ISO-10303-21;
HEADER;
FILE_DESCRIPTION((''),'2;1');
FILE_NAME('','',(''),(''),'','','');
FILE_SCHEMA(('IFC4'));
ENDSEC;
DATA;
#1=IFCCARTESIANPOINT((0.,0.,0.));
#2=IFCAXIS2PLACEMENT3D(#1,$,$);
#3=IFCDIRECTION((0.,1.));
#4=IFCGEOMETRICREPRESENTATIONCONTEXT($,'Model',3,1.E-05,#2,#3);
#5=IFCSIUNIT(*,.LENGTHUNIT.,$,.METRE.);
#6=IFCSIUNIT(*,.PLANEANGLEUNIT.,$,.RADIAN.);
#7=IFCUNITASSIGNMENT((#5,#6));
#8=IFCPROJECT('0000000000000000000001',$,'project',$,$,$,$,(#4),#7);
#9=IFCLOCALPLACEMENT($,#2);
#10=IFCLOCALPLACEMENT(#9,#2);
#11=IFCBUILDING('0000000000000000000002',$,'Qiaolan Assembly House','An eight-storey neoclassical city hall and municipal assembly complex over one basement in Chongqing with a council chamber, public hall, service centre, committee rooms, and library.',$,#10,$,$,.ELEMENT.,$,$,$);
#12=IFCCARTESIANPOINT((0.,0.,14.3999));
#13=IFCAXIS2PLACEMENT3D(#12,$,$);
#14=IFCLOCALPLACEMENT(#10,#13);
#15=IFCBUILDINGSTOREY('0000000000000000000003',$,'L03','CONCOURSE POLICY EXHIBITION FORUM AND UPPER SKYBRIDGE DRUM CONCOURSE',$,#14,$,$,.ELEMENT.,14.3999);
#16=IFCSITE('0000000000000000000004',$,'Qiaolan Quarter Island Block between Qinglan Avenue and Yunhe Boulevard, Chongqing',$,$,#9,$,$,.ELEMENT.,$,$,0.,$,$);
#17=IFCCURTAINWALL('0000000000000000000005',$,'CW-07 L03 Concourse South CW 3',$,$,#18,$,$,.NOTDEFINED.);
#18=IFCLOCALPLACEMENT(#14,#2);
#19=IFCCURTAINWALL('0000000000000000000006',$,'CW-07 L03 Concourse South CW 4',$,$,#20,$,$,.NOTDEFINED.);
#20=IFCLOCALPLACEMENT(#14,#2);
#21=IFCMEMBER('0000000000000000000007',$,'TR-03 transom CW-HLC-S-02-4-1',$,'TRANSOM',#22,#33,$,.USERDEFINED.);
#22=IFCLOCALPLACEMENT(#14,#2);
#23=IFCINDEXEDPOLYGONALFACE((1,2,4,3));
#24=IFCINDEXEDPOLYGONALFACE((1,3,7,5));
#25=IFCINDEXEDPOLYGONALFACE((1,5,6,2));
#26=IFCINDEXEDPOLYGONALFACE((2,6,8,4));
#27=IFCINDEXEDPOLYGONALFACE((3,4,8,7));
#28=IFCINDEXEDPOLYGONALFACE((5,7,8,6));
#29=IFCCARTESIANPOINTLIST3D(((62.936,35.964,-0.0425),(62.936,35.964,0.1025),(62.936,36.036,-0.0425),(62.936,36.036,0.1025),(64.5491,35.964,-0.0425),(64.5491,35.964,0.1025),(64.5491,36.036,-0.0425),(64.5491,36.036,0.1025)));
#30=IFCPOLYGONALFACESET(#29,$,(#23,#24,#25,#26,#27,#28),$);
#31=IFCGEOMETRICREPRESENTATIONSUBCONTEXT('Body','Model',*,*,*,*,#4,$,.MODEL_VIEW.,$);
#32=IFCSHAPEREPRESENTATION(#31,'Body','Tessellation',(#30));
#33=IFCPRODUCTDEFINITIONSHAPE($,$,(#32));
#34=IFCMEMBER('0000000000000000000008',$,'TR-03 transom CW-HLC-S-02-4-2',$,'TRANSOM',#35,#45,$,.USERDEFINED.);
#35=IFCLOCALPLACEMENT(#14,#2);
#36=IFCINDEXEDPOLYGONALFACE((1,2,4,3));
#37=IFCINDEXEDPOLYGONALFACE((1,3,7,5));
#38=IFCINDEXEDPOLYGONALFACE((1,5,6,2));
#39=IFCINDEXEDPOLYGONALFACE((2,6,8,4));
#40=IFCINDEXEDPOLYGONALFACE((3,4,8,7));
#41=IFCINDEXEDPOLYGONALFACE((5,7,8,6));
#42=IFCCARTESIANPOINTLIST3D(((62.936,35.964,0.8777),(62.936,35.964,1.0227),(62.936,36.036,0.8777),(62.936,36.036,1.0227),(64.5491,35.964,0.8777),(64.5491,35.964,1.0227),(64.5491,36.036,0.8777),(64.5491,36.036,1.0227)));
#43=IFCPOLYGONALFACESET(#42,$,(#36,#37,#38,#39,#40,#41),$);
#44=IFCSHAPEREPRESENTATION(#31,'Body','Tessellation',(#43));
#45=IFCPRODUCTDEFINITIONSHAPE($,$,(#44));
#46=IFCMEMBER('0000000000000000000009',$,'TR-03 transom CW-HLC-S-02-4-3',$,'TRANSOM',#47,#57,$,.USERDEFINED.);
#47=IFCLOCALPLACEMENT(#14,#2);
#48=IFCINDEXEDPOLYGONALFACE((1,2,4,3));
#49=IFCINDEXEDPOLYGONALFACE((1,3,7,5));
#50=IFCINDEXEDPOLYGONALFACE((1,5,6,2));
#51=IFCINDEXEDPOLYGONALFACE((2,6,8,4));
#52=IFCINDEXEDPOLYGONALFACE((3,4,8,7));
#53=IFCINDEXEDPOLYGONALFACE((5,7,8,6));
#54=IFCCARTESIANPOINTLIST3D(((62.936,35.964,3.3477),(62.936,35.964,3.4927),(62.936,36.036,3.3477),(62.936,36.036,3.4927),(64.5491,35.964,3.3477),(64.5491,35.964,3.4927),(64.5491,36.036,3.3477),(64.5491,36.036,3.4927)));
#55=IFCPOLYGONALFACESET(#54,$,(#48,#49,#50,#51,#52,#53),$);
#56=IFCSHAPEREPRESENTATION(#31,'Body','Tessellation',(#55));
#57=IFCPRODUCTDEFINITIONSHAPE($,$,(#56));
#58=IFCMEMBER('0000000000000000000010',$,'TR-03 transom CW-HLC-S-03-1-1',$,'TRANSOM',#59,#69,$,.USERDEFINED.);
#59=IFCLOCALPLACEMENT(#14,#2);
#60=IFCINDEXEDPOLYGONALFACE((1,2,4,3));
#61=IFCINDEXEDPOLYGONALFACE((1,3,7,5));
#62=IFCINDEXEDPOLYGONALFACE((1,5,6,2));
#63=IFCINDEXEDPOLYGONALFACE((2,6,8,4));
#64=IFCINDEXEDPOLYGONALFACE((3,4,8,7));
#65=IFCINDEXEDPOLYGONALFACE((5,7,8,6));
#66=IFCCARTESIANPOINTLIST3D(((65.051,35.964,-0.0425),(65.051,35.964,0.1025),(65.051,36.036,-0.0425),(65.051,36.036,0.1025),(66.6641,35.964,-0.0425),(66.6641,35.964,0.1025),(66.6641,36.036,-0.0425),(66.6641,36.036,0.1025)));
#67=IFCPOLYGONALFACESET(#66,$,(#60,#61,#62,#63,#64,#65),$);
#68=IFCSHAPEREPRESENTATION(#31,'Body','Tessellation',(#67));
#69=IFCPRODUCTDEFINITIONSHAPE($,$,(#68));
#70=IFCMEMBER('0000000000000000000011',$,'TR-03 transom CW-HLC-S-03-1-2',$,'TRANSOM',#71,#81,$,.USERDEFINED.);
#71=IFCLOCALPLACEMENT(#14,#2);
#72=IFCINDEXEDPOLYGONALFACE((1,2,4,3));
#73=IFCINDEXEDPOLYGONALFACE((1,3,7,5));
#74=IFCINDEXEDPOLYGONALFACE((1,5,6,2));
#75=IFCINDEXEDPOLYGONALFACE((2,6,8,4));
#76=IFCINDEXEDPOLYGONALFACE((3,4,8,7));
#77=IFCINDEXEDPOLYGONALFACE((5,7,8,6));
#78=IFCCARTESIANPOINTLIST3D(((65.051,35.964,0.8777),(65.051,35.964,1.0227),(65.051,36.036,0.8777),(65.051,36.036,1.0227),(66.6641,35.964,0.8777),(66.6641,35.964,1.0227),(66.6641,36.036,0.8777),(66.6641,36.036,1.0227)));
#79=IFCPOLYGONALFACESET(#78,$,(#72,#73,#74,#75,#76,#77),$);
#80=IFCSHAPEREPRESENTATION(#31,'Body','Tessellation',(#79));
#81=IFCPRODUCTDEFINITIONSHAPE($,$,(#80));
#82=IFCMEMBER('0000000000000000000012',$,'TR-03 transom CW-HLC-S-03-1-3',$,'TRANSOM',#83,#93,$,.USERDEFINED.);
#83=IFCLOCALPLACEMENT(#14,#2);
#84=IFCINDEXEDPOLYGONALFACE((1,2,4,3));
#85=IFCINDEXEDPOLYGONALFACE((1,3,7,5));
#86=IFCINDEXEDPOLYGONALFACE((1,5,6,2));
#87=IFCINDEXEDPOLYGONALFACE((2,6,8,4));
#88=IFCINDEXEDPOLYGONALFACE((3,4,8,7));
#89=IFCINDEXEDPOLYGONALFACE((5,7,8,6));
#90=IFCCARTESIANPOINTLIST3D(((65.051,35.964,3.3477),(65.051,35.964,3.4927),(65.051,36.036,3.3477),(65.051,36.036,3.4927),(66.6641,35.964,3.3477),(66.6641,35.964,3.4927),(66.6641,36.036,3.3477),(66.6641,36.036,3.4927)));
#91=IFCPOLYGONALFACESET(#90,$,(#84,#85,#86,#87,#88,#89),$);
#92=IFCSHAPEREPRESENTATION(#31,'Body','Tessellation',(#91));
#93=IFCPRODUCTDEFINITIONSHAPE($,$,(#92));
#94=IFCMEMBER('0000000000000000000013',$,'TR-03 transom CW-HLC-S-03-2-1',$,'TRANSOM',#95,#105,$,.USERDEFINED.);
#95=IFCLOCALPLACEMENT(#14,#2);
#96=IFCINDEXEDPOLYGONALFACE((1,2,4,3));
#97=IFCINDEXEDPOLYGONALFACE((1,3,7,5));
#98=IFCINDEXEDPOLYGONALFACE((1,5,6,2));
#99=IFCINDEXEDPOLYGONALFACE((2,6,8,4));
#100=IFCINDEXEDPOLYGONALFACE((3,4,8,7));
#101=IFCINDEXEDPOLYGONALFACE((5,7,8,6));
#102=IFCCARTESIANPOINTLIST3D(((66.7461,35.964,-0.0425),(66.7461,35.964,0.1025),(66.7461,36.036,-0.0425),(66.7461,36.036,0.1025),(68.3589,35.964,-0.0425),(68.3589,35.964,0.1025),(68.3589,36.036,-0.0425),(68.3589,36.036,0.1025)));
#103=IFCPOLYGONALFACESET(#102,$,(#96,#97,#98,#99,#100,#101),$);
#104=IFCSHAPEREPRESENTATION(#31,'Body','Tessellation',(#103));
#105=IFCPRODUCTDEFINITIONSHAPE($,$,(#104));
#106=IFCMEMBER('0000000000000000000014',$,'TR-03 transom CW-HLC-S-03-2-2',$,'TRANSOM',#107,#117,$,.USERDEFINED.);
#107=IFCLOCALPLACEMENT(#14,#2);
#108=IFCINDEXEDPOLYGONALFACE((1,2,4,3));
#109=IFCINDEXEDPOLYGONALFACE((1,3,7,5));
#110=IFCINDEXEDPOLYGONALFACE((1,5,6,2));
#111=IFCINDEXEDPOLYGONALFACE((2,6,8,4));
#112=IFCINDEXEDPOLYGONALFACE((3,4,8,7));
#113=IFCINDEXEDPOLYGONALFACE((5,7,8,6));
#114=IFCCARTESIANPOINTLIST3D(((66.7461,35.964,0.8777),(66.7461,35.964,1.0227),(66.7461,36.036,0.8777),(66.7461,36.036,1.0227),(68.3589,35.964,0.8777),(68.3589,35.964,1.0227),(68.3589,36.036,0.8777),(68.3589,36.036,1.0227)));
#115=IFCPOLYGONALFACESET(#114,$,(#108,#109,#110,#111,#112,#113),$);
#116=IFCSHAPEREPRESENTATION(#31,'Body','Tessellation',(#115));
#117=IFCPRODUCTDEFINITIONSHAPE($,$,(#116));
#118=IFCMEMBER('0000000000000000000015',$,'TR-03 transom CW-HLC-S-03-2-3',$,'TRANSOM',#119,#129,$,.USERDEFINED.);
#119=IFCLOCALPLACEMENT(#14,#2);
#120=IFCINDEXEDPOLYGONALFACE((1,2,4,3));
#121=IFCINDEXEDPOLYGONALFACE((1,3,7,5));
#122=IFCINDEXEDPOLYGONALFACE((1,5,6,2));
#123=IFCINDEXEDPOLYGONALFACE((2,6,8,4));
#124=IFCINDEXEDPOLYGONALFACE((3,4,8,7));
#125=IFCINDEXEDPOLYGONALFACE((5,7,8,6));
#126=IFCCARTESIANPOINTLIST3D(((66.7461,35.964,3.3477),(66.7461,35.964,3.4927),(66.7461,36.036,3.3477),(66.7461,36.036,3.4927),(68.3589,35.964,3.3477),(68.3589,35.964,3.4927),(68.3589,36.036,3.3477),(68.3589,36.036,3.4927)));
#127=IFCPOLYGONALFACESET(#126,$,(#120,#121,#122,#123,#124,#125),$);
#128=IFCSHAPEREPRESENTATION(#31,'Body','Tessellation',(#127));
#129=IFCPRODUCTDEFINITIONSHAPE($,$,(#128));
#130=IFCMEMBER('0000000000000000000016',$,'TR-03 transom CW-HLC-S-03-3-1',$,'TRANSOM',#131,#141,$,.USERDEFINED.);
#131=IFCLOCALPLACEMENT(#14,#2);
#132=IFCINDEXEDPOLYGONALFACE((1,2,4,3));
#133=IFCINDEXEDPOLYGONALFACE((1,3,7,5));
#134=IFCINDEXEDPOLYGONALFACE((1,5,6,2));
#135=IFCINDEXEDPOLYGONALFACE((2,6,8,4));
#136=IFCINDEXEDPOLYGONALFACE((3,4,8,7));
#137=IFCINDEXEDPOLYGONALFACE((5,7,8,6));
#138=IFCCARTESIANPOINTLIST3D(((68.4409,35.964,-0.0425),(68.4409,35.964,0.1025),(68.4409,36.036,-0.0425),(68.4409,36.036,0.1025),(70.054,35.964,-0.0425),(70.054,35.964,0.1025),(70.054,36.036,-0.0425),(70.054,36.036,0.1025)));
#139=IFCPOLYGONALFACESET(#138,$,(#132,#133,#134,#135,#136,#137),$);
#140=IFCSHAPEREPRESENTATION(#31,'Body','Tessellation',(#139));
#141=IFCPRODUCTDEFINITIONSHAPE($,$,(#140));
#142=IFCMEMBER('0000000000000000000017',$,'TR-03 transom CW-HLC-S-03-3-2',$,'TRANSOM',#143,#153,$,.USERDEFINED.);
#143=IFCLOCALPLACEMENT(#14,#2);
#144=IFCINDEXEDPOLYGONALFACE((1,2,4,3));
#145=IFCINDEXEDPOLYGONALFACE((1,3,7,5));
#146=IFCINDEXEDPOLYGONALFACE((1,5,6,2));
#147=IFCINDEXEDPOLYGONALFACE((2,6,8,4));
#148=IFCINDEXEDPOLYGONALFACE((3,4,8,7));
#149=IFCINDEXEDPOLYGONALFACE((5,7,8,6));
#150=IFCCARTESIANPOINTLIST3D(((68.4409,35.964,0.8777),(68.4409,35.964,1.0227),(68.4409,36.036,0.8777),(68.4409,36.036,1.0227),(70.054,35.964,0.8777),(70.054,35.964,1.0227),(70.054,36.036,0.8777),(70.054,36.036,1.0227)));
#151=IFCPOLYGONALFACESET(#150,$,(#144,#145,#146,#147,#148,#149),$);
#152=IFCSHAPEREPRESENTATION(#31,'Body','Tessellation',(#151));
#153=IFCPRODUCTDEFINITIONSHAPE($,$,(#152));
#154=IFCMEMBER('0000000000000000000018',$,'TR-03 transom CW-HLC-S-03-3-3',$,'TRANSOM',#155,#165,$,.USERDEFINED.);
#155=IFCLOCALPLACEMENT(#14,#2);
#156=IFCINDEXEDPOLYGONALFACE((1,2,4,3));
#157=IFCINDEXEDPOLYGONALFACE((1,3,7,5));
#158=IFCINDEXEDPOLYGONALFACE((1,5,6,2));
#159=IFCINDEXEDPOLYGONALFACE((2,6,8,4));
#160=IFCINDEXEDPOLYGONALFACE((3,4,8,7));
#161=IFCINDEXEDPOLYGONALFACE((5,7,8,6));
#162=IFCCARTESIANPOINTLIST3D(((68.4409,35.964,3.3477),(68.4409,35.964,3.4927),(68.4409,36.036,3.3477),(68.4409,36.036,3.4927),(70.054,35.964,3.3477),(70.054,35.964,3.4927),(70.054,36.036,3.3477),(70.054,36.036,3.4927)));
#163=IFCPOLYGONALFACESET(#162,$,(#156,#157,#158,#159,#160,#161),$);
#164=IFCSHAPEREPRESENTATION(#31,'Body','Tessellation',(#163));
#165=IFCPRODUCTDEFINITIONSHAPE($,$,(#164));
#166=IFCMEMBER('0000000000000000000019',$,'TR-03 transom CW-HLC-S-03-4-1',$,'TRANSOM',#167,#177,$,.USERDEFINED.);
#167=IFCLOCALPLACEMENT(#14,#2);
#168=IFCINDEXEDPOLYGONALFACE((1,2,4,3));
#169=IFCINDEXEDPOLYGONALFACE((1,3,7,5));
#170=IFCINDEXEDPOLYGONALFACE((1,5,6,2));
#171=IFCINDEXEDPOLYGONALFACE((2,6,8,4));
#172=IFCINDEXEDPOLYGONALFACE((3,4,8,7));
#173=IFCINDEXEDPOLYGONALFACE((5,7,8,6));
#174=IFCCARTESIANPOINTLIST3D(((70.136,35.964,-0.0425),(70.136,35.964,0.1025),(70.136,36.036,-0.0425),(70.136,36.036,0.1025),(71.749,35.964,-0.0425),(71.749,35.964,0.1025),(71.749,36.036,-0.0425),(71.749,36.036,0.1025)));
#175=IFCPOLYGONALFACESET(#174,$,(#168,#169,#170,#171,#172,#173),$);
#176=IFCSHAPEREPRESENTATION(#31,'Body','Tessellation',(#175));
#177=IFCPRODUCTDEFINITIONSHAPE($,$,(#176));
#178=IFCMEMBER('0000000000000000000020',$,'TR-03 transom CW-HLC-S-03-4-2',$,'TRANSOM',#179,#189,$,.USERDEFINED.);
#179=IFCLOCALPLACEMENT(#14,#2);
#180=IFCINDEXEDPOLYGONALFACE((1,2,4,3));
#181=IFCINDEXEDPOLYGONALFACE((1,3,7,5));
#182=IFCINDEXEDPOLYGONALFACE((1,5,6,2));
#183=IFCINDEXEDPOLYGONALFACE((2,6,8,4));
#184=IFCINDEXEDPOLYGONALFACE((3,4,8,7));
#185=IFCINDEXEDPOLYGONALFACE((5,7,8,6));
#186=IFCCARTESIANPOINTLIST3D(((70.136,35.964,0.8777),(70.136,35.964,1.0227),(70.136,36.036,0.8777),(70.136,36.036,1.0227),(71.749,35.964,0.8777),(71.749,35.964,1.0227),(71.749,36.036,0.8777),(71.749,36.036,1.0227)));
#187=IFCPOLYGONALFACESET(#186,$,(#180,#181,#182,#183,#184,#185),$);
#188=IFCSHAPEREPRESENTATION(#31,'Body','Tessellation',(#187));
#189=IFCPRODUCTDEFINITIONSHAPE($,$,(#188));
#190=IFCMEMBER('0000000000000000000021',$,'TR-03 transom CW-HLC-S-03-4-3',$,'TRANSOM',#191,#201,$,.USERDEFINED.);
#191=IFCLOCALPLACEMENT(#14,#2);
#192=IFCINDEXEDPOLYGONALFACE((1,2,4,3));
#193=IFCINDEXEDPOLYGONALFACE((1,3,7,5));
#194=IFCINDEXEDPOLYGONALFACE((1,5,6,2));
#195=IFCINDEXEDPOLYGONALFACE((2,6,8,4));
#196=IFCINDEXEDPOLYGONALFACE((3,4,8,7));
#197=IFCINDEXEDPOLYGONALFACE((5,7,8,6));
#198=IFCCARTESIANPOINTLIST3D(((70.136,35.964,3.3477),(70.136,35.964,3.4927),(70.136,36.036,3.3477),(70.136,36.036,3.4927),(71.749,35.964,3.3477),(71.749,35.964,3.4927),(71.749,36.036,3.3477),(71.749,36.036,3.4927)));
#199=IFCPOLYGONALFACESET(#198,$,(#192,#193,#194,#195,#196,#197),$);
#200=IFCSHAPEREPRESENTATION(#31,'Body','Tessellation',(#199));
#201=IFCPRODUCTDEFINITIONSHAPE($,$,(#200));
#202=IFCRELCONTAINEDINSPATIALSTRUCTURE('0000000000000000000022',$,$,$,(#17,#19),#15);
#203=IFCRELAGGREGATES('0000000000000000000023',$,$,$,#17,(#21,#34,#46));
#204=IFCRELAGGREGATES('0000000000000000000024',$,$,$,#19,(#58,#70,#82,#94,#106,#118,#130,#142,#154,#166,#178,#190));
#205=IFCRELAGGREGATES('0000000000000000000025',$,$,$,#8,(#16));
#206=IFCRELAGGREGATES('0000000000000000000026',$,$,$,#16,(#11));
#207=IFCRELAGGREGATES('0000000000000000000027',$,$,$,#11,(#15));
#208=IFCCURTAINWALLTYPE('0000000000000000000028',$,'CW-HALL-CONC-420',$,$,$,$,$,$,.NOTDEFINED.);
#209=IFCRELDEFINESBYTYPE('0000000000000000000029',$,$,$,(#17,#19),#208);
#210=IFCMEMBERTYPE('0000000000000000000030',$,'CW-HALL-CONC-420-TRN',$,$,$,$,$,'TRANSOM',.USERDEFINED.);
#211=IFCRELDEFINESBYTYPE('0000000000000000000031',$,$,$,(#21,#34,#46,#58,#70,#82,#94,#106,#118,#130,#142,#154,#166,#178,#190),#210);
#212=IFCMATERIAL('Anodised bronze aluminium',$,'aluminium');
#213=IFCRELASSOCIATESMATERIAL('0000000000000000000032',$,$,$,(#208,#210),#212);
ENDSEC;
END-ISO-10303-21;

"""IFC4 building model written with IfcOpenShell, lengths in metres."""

from ifc_helpers import new_model, si_unit, direction, frame, origin, origin_2d, place, context, subcontext, project, spatial, rectangle, extrude, material, material_profile, profile_set, type_object, element, aggregate, save


model = new_model("IFC4")

# Units and contexts
model_context = context("Model", 3, precision=1e-05, world=origin(), true_north=direction((0.0, 1.0)))
body_context = subcontext(model_context, "Body", "Model", "MODEL_VIEW")
ifc_project = project(units=[si_unit("LENGTHUNIT", "METRE"), si_unit("PLANEANGLEUNIT", "RADIAN")], contexts=[model_context])

# Site, building, storey
site_placement = place(None, origin())
site = spatial("IfcSite", under=ifc_project, at=site_placement, Name="Qiaolan Quarter Island Block between Qinglan Avenue and Yunhe Boulevard, Chongqing", CompositionType="ELEMENT", RefElevation=0.0)
building_placement = place(site_placement, origin())
building = spatial("IfcBuilding", under=site, at=building_placement, Name="Qiaolan Assembly House", Description="An eight-storey neoclassical city hall and municipal assembly complex over one basement in Chongqing with a council chamber, public hall, service centre, committee rooms, and library.", CompositionType="ELEMENT")
storey_placement = place(building_placement, frame((0.0, 0.0, 14.3999)))
storey = spatial("IfcBuildingStorey", under=building, at=storey_placement, Name="L03", Description="CONCOURSE POLICY EXHIBITION FORUM AND UPPER SKYBRIDGE DRUM CONCOURSE", CompositionType="ELEMENT", Elevation=14.3999)

# Curtain walls
ifc_material_1 = material(Name="Anodised bronze aluminium", Category="aluminium")
curtain_wall_type = type_object("IfcCurtainWallType", Name="CW-HALL-CONC-420", PredefinedType="NOTDEFINED", material=ifc_material_1)
curtain_wall_1_placement = place(storey_placement, origin())
curtain_wall_1 = element("IfcCurtainWall", 1, at=curtain_wall_1_placement, inside=storey, type_object=curtain_wall_type, Name="CW-07 L03 Concourse South CW 3", PredefinedType="NOTDEFINED")
curtain_wall_2_placement = place(storey_placement, origin())
curtain_wall_2 = element("IfcCurtainWall", 2, at=curtain_wall_2_placement, inside=storey, type_object=curtain_wall_type, Name="CW-07 L03 Concourse South CW 4", PredefinedType="NOTDEFINED")

# Members
ifc_material_profile_1 = material_profile(ifc_material_1, rectangle(XDim=0.072, YDim=0.145, at=origin_2d()), Name="TRN 72x145")
ifc_profile_set_1 = profile_set([ifc_material_profile_1], Name="Anodised bronze aluminium")
member_type_1 = type_object("IfcMemberType", Name="CW-HALL-CONC-420-TRN", ElementType="TRANSOM", PredefinedType="USERDEFINED", material=ifc_profile_set_1)
member_1_placement = place(storey_placement, frame((62.936, 36.0, 0.03), z_axis=(1.0, 0.0, 0.0), x_axis=(0.0, 1.0, 0.0)))
member_1 = element("IfcMember", 3, at=member_1_placement, type_object=member_type_1, Name="TR-03 transom CW-HLC-S-02-4-1", ObjectType="TRANSOM", PredefinedType="USERDEFINED", context=body_context, shape_type="SweptSolid", body=[
    extrude(rectangle(XDim=0.072, YDim=0.145, at=origin_2d()), origin(), (0.0, 0.0, 1.0), 1.613),
])
member_2_placement = place(storey_placement, frame((62.936, 36.0, 0.9502), z_axis=(1.0, 0.0, 0.0), x_axis=(0.0, 1.0, 0.0)))
member_2 = element("IfcMember", 4, at=member_2_placement, type_object=member_type_1, Name="TR-03 transom CW-HLC-S-02-4-2", ObjectType="TRANSOM", PredefinedType="USERDEFINED", context=body_context, shape_type="SweptSolid", body=[
    extrude(rectangle(XDim=0.072, YDim=0.145, at=origin_2d()), origin(), (0.0, 0.0, 1.0), 1.613),
])
member_3_placement = place(storey_placement, frame((62.936, 36.0, 3.4202), z_axis=(1.0, 0.0, 0.0), x_axis=(0.0, 1.0, 0.0)))
member_3 = element("IfcMember", 5, at=member_3_placement, type_object=member_type_1, Name="TR-03 transom CW-HLC-S-02-4-3", ObjectType="TRANSOM", PredefinedType="USERDEFINED", context=body_context, shape_type="SweptSolid", body=[
    extrude(rectangle(XDim=0.072, YDim=0.145, at=origin_2d()), origin(), (0.0, 0.0, 1.0), 1.613),
])
member_4_placement = place(storey_placement, frame((65.051, 36.0, 0.03), z_axis=(1.0, 0.0, 0.0), x_axis=(0.0, 1.0, 0.0)))
member_4 = element("IfcMember", 6, at=member_4_placement, type_object=member_type_1, Name="TR-03 transom CW-HLC-S-03-1-1", ObjectType="TRANSOM", PredefinedType="USERDEFINED", context=body_context, shape_type="SweptSolid", body=[
    extrude(rectangle(XDim=0.072, YDim=0.145, at=origin_2d()), origin(), (0.0, 0.0, 1.0), 1.613),
])
member_5_placement = place(storey_placement, frame((65.051, 36.0, 0.9502), z_axis=(1.0, 0.0, 0.0), x_axis=(0.0, 1.0, 0.0)))
member_5 = element("IfcMember", 7, at=member_5_placement, type_object=member_type_1, Name="TR-03 transom CW-HLC-S-03-1-2", ObjectType="TRANSOM", PredefinedType="USERDEFINED", context=body_context, shape_type="SweptSolid", body=[
    extrude(rectangle(XDim=0.072, YDim=0.145, at=origin_2d()), origin(), (0.0, 0.0, 1.0), 1.613),
])
member_6_placement = place(storey_placement, frame((65.051, 36.0, 3.4202), z_axis=(1.0, 0.0, 0.0), x_axis=(0.0, 1.0, 0.0)))
member_6 = element("IfcMember", 8, at=member_6_placement, type_object=member_type_1, Name="TR-03 transom CW-HLC-S-03-1-3", ObjectType="TRANSOM", PredefinedType="USERDEFINED", context=body_context, shape_type="SweptSolid", body=[
    extrude(rectangle(XDim=0.072, YDim=0.145, at=origin_2d()), origin(), (0.0, 0.0, 1.0), 1.613),
])
member_7_placement = place(storey_placement, frame((66.7461, 36.0, 0.03), z_axis=(1.0, 0.0, 0.0), x_axis=(0.0, 1.0, 0.0)))
member_7 = element("IfcMember", 9, at=member_7_placement, type_object=member_type_1, Name="TR-03 transom CW-HLC-S-03-2-1", ObjectType="TRANSOM", PredefinedType="USERDEFINED", context=body_context, shape_type="SweptSolid", body=[
    extrude(rectangle(XDim=0.072, YDim=0.145, at=origin_2d()), origin(), (0.0, 0.0, 1.0), 1.6128),
])
member_8_placement = place(storey_placement, frame((66.7461, 36.0, 0.9502), z_axis=(1.0, 0.0, 0.0), x_axis=(0.0, 1.0, 0.0)))
member_8 = element("IfcMember", 10, at=member_8_placement, type_object=member_type_1, Name="TR-03 transom CW-HLC-S-03-2-2", ObjectType="TRANSOM", PredefinedType="USERDEFINED", context=body_context, shape_type="SweptSolid", body=[
    extrude(rectangle(XDim=0.072, YDim=0.145, at=origin_2d()), origin(), (0.0, 0.0, 1.0), 1.6128),
])
member_9_placement = place(storey_placement, frame((66.7461, 36.0, 3.4202), z_axis=(1.0, 0.0, 0.0), x_axis=(0.0, 1.0, 0.0)))
member_9 = element("IfcMember", 11, at=member_9_placement, type_object=member_type_1, Name="TR-03 transom CW-HLC-S-03-2-3", ObjectType="TRANSOM", PredefinedType="USERDEFINED", context=body_context, shape_type="SweptSolid", body=[
    extrude(rectangle(XDim=0.072, YDim=0.145, at=origin_2d()), origin(), (0.0, 0.0, 1.0), 1.6128),
])
member_10_placement = place(storey_placement, frame((68.4409, 36.0, 0.03), z_axis=(1.0, 0.0, 0.0), x_axis=(0.0, 1.0, 0.0)))
member_10 = element("IfcMember", 12, at=member_10_placement, type_object=member_type_1, Name="TR-03 transom CW-HLC-S-03-3-1", ObjectType="TRANSOM", PredefinedType="USERDEFINED", context=body_context, shape_type="SweptSolid", body=[
    extrude(rectangle(XDim=0.072, YDim=0.145, at=origin_2d()), origin(), (0.0, 0.0, 1.0), 1.613),
])
member_11_placement = place(storey_placement, frame((68.4409, 36.0, 0.9502), z_axis=(1.0, 0.0, 0.0), x_axis=(0.0, 1.0, 0.0)))
member_11 = element("IfcMember", 13, at=member_11_placement, type_object=member_type_1, Name="TR-03 transom CW-HLC-S-03-3-2", ObjectType="TRANSOM", PredefinedType="USERDEFINED", context=body_context, shape_type="SweptSolid", body=[
    extrude(rectangle(XDim=0.072, YDim=0.145, at=origin_2d()), origin(), (0.0, 0.0, 1.0), 1.613),
])
member_12_placement = place(storey_placement, frame((68.4409, 36.0, 3.4202), z_axis=(1.0, 0.0, 0.0), x_axis=(0.0, 1.0, 0.0)))
member_12 = element("IfcMember", 14, at=member_12_placement, type_object=member_type_1, Name="TR-03 transom CW-HLC-S-03-3-3", ObjectType="TRANSOM", PredefinedType="USERDEFINED", context=body_context, shape_type="SweptSolid", body=[
    extrude(rectangle(XDim=0.072, YDim=0.145, at=origin_2d()), origin(), (0.0, 0.0, 1.0), 1.613),
])
member_13_placement = place(storey_placement, frame((70.136, 36.0, 0.03), z_axis=(1.0, 0.0, 0.0), x_axis=(0.0, 1.0, 0.0)))
member_13 = element("IfcMember", 15, at=member_13_placement, type_object=member_type_1, Name="TR-03 transom CW-HLC-S-03-4-1", ObjectType="TRANSOM", PredefinedType="USERDEFINED", context=body_context, shape_type="SweptSolid", body=[
    extrude(rectangle(XDim=0.072, YDim=0.145, at=origin_2d()), origin(), (0.0, 0.0, 1.0), 1.613),
])
member_14_placement = place(storey_placement, frame((70.136, 36.0, 0.9502), z_axis=(1.0, 0.0, 0.0), x_axis=(0.0, 1.0, 0.0)))
member_14 = element("IfcMember", 16, at=member_14_placement, type_object=member_type_1, Name="TR-03 transom CW-HLC-S-03-4-2", ObjectType="TRANSOM", PredefinedType="USERDEFINED", context=body_context, shape_type="SweptSolid", body=[
    extrude(rectangle(XDim=0.072, YDim=0.145, at=origin_2d()), origin(), (0.0, 0.0, 1.0), 1.613),
])
member_15_placement = place(storey_placement, frame((70.136, 36.0, 3.4202), z_axis=(1.0, 0.0, 0.0), x_axis=(0.0, 1.0, 0.0)))
member_15 = element("IfcMember", 17, at=member_15_placement, type_object=member_type_1, Name="TR-03 transom CW-HLC-S-03-4-3", ObjectType="TRANSOM", PredefinedType="USERDEFINED", context=body_context, shape_type="SweptSolid", body=[
    extrude(rectangle(XDim=0.072, YDim=0.145, at=origin_2d()), origin(), (0.0, 0.0, 1.0), 1.613),
])

aggregate(curtain_wall_1, [member_1, member_2, member_3])
aggregate(curtain_wall_2, [member_4, member_5, member_6, member_7, member_8, member_9, member_10, member_11, member_12, member_13, member_14, member_15])

save(model, "model.ifc")
